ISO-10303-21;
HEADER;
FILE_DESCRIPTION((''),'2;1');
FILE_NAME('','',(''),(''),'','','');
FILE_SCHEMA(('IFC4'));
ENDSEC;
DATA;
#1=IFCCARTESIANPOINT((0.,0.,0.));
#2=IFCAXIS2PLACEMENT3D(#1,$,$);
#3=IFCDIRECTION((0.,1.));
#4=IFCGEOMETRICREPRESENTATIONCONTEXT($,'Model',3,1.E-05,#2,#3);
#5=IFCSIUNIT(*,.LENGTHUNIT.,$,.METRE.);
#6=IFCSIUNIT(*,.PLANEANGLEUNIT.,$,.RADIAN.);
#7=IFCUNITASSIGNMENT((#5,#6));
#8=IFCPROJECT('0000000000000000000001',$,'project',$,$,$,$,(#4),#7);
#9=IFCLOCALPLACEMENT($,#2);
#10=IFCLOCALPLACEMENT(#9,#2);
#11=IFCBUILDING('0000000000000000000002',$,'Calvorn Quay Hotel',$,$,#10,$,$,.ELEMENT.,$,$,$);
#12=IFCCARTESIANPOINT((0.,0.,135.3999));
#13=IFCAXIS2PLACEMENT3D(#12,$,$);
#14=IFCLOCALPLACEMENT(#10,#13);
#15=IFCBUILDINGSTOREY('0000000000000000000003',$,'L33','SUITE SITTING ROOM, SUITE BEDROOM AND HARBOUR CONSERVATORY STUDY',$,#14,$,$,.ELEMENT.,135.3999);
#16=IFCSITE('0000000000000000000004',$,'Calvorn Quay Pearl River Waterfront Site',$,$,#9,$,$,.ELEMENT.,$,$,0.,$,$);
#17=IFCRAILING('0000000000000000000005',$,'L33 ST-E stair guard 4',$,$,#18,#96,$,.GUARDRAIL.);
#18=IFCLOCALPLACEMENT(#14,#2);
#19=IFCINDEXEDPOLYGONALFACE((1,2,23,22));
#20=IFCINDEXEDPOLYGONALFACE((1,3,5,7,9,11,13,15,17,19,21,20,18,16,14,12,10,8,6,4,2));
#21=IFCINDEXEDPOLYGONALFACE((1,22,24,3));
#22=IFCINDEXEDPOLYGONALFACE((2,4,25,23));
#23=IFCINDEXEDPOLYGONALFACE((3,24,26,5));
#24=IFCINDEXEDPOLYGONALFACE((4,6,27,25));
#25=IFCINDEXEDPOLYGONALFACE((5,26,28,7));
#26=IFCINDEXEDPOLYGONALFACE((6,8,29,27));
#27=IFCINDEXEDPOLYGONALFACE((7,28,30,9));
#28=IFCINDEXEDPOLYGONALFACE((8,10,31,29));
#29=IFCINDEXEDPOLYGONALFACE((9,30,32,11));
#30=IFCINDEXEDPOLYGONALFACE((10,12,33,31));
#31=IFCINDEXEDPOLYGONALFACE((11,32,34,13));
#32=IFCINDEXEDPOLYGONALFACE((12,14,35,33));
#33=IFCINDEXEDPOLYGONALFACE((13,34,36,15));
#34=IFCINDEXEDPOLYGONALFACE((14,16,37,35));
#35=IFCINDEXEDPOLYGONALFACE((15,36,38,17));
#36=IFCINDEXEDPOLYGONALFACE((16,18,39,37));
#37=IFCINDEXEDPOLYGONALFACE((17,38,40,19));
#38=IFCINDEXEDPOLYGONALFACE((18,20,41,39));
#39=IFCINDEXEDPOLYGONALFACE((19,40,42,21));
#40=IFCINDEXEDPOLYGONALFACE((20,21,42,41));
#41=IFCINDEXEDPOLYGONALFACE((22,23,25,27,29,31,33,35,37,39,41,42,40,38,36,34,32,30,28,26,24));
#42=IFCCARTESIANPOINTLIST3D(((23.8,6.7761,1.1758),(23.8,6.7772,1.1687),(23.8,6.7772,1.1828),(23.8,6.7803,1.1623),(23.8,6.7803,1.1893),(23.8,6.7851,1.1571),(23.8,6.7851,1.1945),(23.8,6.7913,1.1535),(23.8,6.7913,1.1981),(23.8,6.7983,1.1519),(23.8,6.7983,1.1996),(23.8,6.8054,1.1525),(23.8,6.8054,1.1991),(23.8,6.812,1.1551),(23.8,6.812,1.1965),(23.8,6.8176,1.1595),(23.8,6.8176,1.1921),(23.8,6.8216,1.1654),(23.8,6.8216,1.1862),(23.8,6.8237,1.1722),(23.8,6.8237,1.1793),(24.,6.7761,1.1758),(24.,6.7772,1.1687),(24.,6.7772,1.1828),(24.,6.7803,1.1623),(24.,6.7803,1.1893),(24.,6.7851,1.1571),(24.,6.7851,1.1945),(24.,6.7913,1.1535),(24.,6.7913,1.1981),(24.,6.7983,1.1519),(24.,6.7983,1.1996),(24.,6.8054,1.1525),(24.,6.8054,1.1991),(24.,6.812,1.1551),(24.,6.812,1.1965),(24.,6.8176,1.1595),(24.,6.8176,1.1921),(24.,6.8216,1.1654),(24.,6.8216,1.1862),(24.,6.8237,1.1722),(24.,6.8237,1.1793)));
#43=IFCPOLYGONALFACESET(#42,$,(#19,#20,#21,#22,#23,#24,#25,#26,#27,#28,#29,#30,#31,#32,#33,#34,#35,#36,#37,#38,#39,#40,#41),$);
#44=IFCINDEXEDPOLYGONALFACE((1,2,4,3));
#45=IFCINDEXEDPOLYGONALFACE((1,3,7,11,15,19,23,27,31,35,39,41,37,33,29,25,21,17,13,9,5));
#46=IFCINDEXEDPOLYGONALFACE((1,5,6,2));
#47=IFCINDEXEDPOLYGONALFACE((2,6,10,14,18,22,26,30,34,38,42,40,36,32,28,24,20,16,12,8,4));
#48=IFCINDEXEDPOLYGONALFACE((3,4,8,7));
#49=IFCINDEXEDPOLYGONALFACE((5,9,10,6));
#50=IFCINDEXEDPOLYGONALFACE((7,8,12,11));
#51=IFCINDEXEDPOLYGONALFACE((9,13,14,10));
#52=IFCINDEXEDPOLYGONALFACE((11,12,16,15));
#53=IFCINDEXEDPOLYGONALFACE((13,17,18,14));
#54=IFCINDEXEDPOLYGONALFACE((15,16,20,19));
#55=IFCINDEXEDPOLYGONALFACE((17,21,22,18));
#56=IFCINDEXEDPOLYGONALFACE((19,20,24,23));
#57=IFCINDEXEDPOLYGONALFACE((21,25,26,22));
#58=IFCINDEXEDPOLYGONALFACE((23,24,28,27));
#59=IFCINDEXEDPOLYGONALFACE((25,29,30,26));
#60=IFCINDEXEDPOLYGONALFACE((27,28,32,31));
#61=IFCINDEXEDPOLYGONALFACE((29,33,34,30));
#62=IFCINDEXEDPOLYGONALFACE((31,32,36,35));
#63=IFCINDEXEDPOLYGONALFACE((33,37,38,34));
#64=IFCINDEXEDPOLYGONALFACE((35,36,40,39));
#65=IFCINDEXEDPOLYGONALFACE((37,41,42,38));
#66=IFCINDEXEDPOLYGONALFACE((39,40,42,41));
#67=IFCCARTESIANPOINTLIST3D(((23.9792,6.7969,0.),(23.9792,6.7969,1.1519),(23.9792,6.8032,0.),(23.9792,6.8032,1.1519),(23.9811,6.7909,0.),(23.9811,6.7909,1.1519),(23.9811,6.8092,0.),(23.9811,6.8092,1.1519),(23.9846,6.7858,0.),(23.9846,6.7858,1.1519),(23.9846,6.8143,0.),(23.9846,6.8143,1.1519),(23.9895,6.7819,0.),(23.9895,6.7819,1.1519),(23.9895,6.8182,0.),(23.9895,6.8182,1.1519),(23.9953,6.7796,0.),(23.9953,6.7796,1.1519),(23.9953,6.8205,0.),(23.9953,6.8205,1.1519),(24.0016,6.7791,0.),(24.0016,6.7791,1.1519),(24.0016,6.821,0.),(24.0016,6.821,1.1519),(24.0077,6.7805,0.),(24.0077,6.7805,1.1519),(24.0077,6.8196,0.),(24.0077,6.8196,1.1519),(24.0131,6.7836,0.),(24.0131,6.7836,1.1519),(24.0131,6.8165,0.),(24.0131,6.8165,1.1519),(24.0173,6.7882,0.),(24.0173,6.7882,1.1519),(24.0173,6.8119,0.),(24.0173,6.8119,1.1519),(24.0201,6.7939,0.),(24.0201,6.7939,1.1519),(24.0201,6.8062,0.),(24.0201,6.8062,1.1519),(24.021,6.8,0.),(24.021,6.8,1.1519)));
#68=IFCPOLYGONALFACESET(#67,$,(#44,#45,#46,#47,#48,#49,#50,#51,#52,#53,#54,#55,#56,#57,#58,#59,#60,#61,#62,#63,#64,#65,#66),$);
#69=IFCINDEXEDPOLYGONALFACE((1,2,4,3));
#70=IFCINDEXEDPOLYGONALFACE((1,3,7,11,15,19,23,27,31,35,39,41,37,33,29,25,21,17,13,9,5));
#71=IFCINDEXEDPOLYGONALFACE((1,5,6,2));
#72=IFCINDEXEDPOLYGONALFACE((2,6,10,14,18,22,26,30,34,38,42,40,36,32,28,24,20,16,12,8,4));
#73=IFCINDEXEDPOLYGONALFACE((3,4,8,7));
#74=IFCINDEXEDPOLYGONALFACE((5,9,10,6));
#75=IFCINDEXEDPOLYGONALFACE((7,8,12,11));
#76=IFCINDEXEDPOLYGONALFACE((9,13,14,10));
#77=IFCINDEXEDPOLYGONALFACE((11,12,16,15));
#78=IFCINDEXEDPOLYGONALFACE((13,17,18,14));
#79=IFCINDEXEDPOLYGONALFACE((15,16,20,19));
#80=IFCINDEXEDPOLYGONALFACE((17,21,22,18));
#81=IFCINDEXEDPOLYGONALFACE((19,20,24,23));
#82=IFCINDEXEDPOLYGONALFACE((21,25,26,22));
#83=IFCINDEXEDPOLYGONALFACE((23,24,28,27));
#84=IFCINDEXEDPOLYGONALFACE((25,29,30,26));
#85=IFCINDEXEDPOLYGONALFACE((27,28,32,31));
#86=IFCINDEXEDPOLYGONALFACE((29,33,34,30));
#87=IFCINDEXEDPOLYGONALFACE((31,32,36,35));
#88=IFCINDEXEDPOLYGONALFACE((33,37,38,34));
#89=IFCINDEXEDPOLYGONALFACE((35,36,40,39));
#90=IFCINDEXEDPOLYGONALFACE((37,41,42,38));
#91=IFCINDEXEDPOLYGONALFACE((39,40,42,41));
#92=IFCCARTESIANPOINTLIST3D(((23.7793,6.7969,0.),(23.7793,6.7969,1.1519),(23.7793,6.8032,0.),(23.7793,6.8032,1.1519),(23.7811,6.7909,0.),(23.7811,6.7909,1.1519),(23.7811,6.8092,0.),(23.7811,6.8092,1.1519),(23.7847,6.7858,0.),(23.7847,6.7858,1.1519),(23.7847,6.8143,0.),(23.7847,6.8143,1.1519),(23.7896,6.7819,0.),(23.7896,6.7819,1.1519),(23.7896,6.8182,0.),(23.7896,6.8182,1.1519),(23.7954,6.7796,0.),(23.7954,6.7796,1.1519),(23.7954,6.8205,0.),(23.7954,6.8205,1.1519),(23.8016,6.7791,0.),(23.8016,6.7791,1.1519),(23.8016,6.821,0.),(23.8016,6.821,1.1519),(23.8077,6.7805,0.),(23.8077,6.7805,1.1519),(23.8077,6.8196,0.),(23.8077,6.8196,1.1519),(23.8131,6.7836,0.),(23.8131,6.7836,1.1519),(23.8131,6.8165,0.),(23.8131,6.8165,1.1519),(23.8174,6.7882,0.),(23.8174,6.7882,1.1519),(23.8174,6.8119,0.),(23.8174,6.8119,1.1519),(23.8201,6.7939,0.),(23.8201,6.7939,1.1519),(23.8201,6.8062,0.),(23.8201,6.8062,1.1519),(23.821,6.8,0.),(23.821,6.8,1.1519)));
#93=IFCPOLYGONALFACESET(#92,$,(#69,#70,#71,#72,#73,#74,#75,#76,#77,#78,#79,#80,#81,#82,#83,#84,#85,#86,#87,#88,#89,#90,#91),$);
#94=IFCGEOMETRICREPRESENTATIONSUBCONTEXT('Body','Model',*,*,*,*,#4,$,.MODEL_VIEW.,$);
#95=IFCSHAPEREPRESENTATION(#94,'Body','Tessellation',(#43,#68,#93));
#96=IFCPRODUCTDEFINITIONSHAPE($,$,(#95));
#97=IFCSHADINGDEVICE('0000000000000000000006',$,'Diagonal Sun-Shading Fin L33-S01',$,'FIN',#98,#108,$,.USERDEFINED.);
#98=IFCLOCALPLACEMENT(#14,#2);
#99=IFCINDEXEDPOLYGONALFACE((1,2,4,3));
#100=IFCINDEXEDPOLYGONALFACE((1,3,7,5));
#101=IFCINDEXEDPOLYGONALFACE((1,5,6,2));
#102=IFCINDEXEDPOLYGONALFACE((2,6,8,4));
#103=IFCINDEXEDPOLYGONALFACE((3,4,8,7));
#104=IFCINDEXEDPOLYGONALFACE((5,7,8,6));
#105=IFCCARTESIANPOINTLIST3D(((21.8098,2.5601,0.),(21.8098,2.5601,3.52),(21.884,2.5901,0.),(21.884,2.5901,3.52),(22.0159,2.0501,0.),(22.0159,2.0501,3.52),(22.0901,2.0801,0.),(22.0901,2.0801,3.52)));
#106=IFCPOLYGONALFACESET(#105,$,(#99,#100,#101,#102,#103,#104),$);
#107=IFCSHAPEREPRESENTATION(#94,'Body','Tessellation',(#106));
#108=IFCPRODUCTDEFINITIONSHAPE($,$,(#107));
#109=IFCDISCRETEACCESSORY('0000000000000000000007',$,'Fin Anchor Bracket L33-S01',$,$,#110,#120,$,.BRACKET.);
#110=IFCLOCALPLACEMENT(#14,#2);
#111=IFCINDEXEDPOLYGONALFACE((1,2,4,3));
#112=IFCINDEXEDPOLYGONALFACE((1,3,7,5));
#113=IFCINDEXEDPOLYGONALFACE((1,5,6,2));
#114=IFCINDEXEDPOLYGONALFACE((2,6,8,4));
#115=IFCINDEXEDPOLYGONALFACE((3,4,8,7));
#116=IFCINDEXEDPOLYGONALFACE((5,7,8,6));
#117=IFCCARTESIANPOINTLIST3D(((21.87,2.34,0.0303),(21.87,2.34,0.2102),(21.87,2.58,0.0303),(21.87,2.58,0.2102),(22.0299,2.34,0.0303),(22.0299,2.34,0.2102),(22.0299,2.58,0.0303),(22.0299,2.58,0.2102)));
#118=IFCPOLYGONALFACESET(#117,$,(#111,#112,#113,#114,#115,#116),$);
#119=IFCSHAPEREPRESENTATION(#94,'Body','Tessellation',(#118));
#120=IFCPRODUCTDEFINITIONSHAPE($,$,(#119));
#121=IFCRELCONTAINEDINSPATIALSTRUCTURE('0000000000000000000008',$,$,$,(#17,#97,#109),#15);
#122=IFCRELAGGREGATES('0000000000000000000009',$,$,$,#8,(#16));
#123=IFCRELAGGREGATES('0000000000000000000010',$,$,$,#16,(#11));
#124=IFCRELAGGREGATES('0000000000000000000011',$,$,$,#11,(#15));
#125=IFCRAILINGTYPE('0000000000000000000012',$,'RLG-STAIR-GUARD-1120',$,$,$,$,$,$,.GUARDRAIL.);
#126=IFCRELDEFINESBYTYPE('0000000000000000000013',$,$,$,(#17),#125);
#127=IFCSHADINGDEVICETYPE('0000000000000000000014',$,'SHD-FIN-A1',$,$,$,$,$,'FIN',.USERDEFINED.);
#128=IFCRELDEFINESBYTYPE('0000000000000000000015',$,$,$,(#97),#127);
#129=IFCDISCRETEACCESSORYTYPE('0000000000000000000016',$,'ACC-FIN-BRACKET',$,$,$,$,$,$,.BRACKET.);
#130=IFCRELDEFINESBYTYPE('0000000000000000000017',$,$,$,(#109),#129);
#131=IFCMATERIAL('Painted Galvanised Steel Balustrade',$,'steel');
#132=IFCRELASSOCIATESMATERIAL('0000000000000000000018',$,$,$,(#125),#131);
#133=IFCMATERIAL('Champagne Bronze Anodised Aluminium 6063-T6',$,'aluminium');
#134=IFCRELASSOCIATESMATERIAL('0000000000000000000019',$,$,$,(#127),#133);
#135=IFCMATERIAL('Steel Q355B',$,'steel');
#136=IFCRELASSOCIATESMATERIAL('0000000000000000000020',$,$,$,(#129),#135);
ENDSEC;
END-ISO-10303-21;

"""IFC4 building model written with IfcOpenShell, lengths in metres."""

from ifc_helpers import new_model, si_unit, direction, frame, origin, origin_2d, place, context, subcontext, project, spatial, rectangle, circle, extrude, material, type_object, element, save


model = new_model("IFC4")

# Units and contexts
model_context = context("Model", 3, precision=1e-05, world=origin(), true_north=direction((0.0, 1.0)))
body_context = subcontext(model_context, "Body", "Model", "MODEL_VIEW")
ifc_project = project(units=[si_unit("LENGTHUNIT", "METRE"), si_unit("PLANEANGLEUNIT", "RADIAN")], contexts=[model_context])

# Site, building, storey
site_placement = place(None, origin())
site = spatial("IfcSite", under=ifc_project, at=site_placement, Name="Calvorn Quay Pearl River Waterfront Site", CompositionType="ELEMENT", RefElevation=0.0)
building_placement = place(site_placement, origin())
building = spatial("IfcBuilding", under=site, at=building_placement, Name="Calvorn Quay Hotel", CompositionType="ELEMENT")
storey_placement = place(building_placement, frame((0.0, 0.0, 135.3999)))
storey = spatial("IfcBuildingStorey", under=building, at=storey_placement, Name="L33", Description="SUITE SITTING ROOM, SUITE BEDROOM AND HARBOUR CONSERVATORY STUDY", CompositionType="ELEMENT", Elevation=135.3999)

# Railing
ifc_material_1 = material(Name="Painted Galvanised Steel Balustrade", Category="steel")
railing_type_1 = type_object("IfcRailingType", Name="RLG-STAIR-GUARD-1120", PredefinedType="GUARDRAIL", material=ifc_material_1)
railing_1_placement = place(storey_placement, frame((24.0, 6.8, 0.0)))
element("IfcRailing", 1, at=railing_1_placement, inside=storey, type_object=railing_type_1, Name="L33 ST-E stair guard 4", PredefinedType="GUARDRAIL", context=body_context, shape_type="SweptSolid", body=[
    extrude(circle(Radius=0.0239, at=origin_2d()), frame((0.0, 0.0, 1.1758), z_axis=(-1.0, 0.0, 0.0), x_axis=(0.0, -1.0, 0.0)), (0.0, 0.0, 1.0), 0.2),
    extrude(circle(Radius=0.021, at=origin_2d()), origin(), (0.0, 0.0, 1.0), 1.1519),
    extrude(circle(Radius=0.021, at=origin_2d()), frame((-0.2, 0.0, 0.0)), (0.0, 0.0, 1.0), 1.1519),
])

# Shading device
ifc_material_2 = material(Name="Champagne Bronze Anodised Aluminium 6063-T6", Category="aluminium")
shading_device_type = type_object("IfcShadingDeviceType", Name="SHD-FIN-A1", ElementType="FIN", PredefinedType="USERDEFINED", material=ifc_material_2)
shading_device_placement = place(storey_placement, frame((21.95, 2.3201, 0.0), z_axis=(0.0, 0.0, 1.0), x_axis=(-0.374607, 0.927184, 0.0)))
element("IfcShadingDevice", 2, at=shading_device_placement, inside=storey, type_object=shading_device_type, Name="Diagonal Sun-Shading Fin L33-S01", ObjectType="FIN", PredefinedType="USERDEFINED", context=body_context, shape_type="SweptSolid", body=[
    extrude(rectangle(XDim=0.55, YDim=0.0801, at=origin_2d()), origin(), (0.0, 0.0, 1.0), 3.52),
])

# Discrete accessory
ifc_material_3 = material(Name="Steel Q355B", Category="steel")
discrete_accessory_type = type_object("IfcDiscreteAccessoryType", Name="ACC-FIN-BRACKET", PredefinedType="BRACKET", material=ifc_material_3)
discrete_accessory_placement = place(storey_placement, frame((21.95, 2.46, 0.0303), z_axis=(0.0, 0.0, 1.0), x_axis=(0.0, 1.0, 0.0)))
element("IfcDiscreteAccessory", 3, at=discrete_accessory_placement, inside=storey, type_object=discrete_accessory_type, Name="Fin Anchor Bracket L33-S01", PredefinedType="BRACKET", context=body_context, shape_type="SweptSolid", body=[
    extrude(rectangle(XDim=0.24, YDim=0.1599, at=origin_2d()), origin(), (0.0, 0.0, 1.0), 0.1799),
])

save(model, "model.ifc")
